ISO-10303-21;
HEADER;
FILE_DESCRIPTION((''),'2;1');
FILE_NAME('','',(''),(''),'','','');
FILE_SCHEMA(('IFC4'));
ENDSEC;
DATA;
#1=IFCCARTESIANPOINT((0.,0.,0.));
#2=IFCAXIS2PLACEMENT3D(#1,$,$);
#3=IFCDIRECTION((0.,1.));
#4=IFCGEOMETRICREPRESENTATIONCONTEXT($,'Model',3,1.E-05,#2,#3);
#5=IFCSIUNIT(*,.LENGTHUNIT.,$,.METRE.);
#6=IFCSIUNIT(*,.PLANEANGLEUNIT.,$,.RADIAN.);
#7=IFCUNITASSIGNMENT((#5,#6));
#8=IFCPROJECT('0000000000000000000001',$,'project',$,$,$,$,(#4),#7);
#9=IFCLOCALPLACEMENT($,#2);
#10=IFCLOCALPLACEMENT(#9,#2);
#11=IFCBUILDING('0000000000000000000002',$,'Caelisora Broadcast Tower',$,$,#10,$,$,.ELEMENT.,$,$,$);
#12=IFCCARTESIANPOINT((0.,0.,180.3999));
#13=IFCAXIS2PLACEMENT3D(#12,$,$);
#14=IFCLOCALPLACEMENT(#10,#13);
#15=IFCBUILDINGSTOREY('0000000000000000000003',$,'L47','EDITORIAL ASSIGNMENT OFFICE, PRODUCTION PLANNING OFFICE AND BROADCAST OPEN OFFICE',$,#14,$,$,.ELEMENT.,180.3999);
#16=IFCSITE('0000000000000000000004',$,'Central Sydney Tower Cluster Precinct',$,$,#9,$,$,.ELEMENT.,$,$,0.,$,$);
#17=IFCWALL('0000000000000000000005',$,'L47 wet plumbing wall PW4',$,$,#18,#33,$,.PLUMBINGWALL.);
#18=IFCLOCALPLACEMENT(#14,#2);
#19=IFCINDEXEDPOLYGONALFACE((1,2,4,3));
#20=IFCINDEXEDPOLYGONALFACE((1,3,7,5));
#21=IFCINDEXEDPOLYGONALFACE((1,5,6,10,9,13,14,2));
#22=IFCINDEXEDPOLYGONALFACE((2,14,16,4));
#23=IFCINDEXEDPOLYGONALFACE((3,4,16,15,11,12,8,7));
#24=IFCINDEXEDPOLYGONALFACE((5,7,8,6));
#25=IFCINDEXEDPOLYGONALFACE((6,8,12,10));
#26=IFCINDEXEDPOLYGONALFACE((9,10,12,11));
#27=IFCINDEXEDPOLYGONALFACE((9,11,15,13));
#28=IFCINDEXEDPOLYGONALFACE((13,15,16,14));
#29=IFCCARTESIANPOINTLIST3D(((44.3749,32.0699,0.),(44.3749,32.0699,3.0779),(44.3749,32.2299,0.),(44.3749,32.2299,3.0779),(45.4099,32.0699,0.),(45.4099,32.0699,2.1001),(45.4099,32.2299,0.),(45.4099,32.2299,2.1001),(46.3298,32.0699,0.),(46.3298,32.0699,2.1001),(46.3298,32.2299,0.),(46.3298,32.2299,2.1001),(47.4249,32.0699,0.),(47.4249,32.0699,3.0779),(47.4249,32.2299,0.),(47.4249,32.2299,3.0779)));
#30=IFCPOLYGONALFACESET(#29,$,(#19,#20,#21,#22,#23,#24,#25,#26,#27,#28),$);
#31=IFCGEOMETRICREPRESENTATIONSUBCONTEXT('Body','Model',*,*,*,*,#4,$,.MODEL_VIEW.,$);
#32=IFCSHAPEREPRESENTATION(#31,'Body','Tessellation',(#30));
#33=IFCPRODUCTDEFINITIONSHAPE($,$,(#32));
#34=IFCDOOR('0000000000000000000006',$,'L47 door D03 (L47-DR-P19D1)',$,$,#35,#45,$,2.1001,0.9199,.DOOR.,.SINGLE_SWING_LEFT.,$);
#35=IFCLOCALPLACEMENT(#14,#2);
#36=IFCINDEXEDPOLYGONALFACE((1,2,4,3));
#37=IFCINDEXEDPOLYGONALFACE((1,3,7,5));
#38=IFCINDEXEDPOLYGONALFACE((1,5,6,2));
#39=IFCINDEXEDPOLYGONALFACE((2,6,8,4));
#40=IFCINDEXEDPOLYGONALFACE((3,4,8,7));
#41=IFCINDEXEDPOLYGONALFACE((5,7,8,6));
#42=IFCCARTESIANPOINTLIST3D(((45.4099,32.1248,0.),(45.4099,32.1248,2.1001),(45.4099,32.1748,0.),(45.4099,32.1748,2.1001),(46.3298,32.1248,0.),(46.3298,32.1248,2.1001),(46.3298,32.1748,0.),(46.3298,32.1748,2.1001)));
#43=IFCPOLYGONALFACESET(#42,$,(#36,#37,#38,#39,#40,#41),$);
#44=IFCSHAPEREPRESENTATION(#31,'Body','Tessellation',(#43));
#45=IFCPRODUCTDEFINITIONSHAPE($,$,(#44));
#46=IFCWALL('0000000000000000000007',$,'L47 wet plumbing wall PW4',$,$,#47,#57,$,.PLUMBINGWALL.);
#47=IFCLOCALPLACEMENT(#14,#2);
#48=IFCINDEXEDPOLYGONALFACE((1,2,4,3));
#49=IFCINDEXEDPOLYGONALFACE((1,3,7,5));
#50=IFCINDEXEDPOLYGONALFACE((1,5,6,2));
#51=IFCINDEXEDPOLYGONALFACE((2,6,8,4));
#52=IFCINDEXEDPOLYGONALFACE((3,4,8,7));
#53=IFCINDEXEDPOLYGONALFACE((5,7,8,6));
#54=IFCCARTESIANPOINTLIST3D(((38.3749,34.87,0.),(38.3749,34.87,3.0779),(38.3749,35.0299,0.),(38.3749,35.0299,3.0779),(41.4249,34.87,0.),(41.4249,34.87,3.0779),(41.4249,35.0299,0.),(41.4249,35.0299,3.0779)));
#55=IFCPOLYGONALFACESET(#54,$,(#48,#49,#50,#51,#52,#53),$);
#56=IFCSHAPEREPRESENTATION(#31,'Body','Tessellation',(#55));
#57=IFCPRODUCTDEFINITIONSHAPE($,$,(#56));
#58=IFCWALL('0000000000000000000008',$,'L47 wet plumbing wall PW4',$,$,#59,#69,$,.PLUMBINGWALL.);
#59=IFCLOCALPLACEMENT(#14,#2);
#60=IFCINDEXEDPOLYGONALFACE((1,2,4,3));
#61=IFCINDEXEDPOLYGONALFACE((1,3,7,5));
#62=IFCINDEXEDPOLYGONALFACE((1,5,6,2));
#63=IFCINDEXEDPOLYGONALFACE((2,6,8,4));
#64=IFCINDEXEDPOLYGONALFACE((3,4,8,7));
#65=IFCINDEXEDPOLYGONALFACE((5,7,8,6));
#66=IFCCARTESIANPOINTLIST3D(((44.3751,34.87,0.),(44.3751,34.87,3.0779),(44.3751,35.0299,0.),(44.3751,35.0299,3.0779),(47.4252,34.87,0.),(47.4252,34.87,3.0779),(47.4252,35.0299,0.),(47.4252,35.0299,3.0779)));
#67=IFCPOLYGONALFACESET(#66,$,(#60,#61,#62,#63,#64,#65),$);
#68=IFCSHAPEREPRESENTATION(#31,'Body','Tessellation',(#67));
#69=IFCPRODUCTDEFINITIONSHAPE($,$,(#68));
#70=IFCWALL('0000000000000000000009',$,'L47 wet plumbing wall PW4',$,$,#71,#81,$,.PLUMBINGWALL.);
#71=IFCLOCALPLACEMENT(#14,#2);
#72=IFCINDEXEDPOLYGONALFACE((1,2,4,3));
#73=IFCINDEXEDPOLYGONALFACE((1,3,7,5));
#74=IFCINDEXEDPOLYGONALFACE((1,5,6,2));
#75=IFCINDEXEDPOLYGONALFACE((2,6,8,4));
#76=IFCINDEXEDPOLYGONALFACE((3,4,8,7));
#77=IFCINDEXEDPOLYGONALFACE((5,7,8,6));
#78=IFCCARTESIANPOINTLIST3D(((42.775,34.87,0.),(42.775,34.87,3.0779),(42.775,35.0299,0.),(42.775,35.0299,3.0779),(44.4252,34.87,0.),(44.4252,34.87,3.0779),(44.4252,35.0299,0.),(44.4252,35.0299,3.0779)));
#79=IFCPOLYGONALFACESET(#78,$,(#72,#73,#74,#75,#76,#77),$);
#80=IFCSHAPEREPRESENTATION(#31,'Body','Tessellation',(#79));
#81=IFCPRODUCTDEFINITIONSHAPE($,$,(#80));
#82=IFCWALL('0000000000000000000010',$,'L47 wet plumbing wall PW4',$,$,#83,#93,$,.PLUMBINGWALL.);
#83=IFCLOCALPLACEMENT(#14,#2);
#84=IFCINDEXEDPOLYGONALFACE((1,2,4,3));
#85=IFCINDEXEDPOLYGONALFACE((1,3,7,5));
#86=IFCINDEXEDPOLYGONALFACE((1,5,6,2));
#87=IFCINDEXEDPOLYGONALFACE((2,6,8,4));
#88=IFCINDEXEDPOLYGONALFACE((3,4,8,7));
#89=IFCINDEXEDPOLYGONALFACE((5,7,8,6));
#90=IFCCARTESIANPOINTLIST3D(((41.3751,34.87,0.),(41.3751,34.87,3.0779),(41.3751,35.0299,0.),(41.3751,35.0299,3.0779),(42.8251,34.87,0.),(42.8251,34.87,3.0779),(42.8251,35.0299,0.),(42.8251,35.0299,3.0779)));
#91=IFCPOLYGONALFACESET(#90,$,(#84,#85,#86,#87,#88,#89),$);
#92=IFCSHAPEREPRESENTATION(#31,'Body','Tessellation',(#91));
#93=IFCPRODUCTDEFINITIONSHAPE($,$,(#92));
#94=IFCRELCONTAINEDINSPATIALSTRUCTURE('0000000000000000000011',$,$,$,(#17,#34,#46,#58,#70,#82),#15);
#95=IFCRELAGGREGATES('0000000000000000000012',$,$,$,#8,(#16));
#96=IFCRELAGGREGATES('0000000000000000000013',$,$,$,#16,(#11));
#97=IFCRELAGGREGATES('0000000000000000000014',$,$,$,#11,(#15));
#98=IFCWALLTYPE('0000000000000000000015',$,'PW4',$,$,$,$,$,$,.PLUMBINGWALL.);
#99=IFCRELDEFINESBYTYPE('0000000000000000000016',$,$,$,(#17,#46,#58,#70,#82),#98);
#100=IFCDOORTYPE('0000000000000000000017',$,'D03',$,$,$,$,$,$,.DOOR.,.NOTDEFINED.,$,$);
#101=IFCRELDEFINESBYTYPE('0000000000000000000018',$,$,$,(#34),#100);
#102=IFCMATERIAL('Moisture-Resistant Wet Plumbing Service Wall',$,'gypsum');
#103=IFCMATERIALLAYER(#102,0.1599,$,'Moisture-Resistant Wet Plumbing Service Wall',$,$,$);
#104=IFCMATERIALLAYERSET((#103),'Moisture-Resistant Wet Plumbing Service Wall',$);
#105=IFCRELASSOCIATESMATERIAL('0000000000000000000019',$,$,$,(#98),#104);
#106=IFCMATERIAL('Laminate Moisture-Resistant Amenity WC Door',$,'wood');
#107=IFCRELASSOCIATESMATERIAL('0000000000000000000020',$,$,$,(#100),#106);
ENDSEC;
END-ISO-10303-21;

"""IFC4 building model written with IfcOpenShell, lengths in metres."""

from ifc_helpers import new_model, si_unit, direction, frame, frame_2d, origin, place, context, subcontext, project, spatial, rectangle, extrude, material, layer, layer_set, type_object, element, fill, save


model = new_model("IFC4")

# Units and contexts
model_context = context("Model", 3, precision=1e-05, world=origin(), true_north=direction((0.0, 1.0)))
body_context = subcontext(model_context, "Body", "Model", "MODEL_VIEW")
ifc_project = project(units=[si_unit("LENGTHUNIT", "METRE"), si_unit("PLANEANGLEUNIT", "RADIAN")], contexts=[model_context])

# Site, building, storey
site_placement = place(None, origin())
site = spatial("IfcSite", under=ifc_project, at=site_placement, Name="Central Sydney Tower Cluster Precinct", CompositionType="ELEMENT", RefElevation=0.0)
building_placement = place(site_placement, origin())
building = spatial("IfcBuilding", under=site, at=building_placement, Name="Caelisora Broadcast Tower", CompositionType="ELEMENT")
storey_placement = place(building_placement, frame((0.0, 0.0, 180.3999)))
storey = spatial("IfcBuildingStorey", under=building, at=storey_placement, Name="L47", Description="EDITORIAL ASSIGNMENT OFFICE, PRODUCTION PLANNING OFFICE AND BROADCAST OPEN OFFICE", CompositionType="ELEMENT", Elevation=180.3999)

# Wall, opening, door
ifc_material_1 = material(Name="Moisture-Resistant Wet Plumbing Service Wall", Category="gypsum")
ifc_layer_1 = layer(ifc_material_1, 0.1599, Name="Moisture-Resistant Wet Plumbing Service Wall")
ifc_layer_set_1 = layer_set([ifc_layer_1], Name="Moisture-Resistant Wet Plumbing Service Wall")
wall_type_1 = type_object("IfcWallType", Name="PW4", PredefinedType="PLUMBINGWALL", material=ifc_layer_set_1)
wall_1_placement = place(storey_placement, frame((44.375, 32.1499, 0.0), z_axis=(0.0, 0.0, 1.0), x_axis=(1.0, 0.0, 0.0)))
wall_1 = element("IfcWall", 1, at=wall_1_placement, inside=storey, type_object=wall_type_1, Name="L47 wet plumbing wall PW4", PredefinedType="PLUMBINGWALL", context=body_context, shape_type="SweptSolid", body=[
    extrude(rectangle(XDim=3.05, YDim=0.1599, at=frame_2d((1.5249, 0.0))), origin(), (0.0, 0.0, 1.0), 3.0779),
])
opening_1_placement = place(wall_1_placement, frame((1.0349, 0.0, 0.0)))
opening_1 = element("IfcOpeningElement", 2, at=opening_1_placement, cuts=wall_1, PredefinedType="OPENING", context=body_context, shape_type="SweptSolid", body=[
    extrude(rectangle(XDim=0.9199, YDim=2.1001, at=frame_2d((0.46, 1.05))), frame((0.0, 0.092, 0.0), z_axis=(0.0, -1.0, 0.0), x_axis=(1.0, 0.0, 0.0)), (0.0, 0.0, 1.0), 0.1838),
])
ifc_material_2 = material(Name="Laminate Moisture-Resistant Amenity WC Door", Category="wood")
door_type_1 = type_object("IfcDoorType", Name="D03", OperationType="NOTDEFINED", PredefinedType="DOOR", material=ifc_material_2)
door_1_placement = place(opening_1_placement, origin())
door_1 = element("IfcDoor", 3, at=door_1_placement, inside=storey, type_object=door_type_1, Name="L47 door D03 (L47-DR-P19D1)", OperationType="SINGLE_SWING_LEFT", OverallHeight=2.1001, OverallWidth=0.9199, PredefinedType="DOOR", context=body_context, shape_type="SweptSolid", body=[
    extrude(rectangle(XDim=0.9199, YDim=2.1001, at=frame_2d((0.46, 1.05))), frame((0.0, 0.0249, 0.0), z_axis=(0.0, -1.0, 0.0), x_axis=(1.0, 0.0, 0.0)), (0.0, 0.0, 1.0), 0.05),
])
fill(opening_1, door_1)

# Walls
for number, where, z_axis, x_axis, name in (
    (4, (38.375, 34.95, 0.0), (0.0, 0.0, 1.0), (1.0, 0.0, 0.0), "L47 wet plumbing wall PW4"),
    (5, (47.425, 34.95, 0.0), (0.0, 0.0, 1.0), (-1.0, 0.0, 0.0), "L47 wet plumbing wall PW4"),
):
    element("IfcWall", number, at=place(storey_placement, frame(where, z_axis=z_axis, x_axis=x_axis)), inside=storey, type_object=wall_type_1, Name=name, PredefinedType="PLUMBINGWALL", context=body_context, shape_type="SweptSolid", body=[
        extrude(rectangle(XDim=3.05, YDim=0.1599, at=frame_2d((1.5249, 0.0))), origin(), (0.0, 0.0, 1.0), 3.0779),
    ])
wall_2_placement = place(storey_placement, frame((42.7749, 34.95, 0.0), z_axis=(0.0, 0.0, 1.0), x_axis=(1.0, 0.0, 0.0)))
element("IfcWall", 6, at=wall_2_placement, inside=storey, type_object=wall_type_1, Name="L47 wet plumbing wall PW4", PredefinedType="PLUMBINGWALL", context=body_context, shape_type="SweptSolid", body=[
    extrude(rectangle(XDim=1.6501, YDim=0.1599, at=frame_2d((0.8252, 0.0))), origin(), (0.0, 0.0, 1.0), 3.0779),
])
wall_3_placement = place(storey_placement, frame((41.375, 34.95, 0.0), z_axis=(0.0, 0.0, 1.0), x_axis=(1.0, 0.0, 0.0)))
element("IfcWall", 7, at=wall_3_placement, inside=storey, type_object=wall_type_1, Name="L47 wet plumbing wall PW4", PredefinedType="PLUMBINGWALL", context=body_context, shape_type="SweptSolid", body=[
    extrude(rectangle(XDim=1.45, YDim=0.1599, at=frame_2d((0.7251, 0.0))), origin(), (0.0, 0.0, 1.0), 3.0779),
])

save(model, "model.ifc")
